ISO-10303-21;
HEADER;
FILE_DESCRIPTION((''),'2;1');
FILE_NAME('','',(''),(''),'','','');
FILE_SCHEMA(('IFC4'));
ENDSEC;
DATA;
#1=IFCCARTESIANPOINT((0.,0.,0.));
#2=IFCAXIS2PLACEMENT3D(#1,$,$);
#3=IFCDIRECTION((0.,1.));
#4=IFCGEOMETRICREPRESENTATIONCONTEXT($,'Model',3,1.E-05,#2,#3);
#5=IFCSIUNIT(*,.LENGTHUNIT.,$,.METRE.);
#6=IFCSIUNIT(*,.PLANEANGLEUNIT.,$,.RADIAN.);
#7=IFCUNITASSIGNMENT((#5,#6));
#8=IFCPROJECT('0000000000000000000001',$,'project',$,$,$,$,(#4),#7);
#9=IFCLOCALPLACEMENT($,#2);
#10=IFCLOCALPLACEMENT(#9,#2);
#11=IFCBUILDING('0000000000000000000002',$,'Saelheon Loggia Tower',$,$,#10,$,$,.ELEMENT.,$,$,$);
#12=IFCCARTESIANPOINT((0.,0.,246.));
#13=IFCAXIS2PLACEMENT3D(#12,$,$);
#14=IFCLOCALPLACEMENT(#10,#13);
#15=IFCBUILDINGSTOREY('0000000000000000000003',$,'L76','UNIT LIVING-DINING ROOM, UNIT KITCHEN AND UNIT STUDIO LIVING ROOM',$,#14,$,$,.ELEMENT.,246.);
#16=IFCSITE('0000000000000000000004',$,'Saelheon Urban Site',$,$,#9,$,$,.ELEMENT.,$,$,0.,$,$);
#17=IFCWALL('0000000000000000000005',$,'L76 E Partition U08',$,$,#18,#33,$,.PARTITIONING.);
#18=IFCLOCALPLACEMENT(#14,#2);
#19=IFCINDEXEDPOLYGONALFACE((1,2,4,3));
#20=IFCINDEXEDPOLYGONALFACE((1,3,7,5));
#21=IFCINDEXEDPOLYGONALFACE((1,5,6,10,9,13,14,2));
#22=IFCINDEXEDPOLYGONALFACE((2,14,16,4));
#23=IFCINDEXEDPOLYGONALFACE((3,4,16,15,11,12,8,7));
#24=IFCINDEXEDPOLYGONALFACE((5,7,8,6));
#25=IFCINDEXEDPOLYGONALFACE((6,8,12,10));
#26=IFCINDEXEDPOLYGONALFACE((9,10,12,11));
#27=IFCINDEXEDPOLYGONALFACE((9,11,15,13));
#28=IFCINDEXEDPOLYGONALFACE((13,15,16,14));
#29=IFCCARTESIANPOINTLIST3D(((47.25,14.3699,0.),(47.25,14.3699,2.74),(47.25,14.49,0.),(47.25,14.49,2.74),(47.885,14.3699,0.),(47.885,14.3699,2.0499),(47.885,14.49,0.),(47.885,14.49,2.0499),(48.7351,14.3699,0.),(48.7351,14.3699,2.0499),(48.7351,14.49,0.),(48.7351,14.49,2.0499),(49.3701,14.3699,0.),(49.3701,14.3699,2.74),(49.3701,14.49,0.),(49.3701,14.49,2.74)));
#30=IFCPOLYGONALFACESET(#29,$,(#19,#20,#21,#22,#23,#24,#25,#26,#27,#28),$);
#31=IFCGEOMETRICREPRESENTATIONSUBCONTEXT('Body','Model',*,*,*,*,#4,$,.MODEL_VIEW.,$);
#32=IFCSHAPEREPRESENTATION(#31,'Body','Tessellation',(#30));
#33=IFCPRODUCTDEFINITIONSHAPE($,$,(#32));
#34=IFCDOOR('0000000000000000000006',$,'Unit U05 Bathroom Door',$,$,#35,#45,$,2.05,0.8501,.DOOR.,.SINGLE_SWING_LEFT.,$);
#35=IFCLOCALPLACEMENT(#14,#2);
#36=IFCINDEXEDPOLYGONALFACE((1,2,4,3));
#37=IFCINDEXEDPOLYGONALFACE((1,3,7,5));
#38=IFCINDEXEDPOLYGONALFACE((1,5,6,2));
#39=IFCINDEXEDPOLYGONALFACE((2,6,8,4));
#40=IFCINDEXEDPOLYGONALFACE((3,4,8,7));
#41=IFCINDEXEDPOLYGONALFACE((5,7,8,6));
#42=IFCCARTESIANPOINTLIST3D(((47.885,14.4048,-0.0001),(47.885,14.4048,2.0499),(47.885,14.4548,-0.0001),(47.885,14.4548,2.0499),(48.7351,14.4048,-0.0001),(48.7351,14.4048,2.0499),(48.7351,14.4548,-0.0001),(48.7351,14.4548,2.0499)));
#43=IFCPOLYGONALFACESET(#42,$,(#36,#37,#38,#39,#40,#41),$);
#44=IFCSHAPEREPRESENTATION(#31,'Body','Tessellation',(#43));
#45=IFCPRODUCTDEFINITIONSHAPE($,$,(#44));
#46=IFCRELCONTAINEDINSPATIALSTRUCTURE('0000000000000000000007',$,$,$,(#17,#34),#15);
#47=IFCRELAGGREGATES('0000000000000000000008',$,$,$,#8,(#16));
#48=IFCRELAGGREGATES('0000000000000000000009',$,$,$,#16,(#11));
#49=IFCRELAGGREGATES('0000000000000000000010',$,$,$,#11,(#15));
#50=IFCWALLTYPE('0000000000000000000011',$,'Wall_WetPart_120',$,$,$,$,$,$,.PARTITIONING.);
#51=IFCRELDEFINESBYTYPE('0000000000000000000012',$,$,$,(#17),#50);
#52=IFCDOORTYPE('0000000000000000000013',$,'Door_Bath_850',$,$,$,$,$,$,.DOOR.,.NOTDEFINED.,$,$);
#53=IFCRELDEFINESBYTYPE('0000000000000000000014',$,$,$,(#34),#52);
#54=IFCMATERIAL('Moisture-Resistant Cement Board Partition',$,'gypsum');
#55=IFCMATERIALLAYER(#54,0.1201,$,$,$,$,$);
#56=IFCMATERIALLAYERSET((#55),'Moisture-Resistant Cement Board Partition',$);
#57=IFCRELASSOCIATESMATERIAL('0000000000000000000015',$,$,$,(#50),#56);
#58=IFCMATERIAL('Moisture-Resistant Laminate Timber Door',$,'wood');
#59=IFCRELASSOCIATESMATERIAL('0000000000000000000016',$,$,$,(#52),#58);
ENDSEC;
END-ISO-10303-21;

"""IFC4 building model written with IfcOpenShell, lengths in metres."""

from ifc_helpers import new_model, si_unit, direction, frame, frame_2d, origin, place, context, subcontext, project, spatial, rectangle, extrude, source, transform, mapped, material, layer, layer_set, type_object, element, fill, save


model = new_model("IFC4")

# Units and contexts
model_context = context("Model", 3, precision=1e-05, world=origin(), true_north=direction((0.0, 1.0)))
body_context = subcontext(model_context, "Body", "Model", "MODEL_VIEW")
ifc_project = project(units=[si_unit("LENGTHUNIT", "METRE"), si_unit("PLANEANGLEUNIT", "RADIAN")], contexts=[model_context])

# Site, building, storey
site_placement = place(None, origin())
site = spatial("IfcSite", under=ifc_project, at=site_placement, Name="Saelheon Urban Site", CompositionType="ELEMENT", RefElevation=0.0)
building_placement = place(site_placement, origin())
building = spatial("IfcBuilding", under=site, at=building_placement, Name="Saelheon Loggia Tower", CompositionType="ELEMENT")
storey_placement = place(building_placement, frame((0.0, 0.0, 246.0)))
storey = spatial("IfcBuildingStorey", under=building, at=storey_placement, Name="L76", Description="UNIT LIVING-DINING ROOM, UNIT KITCHEN AND UNIT STUDIO LIVING ROOM", CompositionType="ELEMENT", Elevation=246.0)

# Shared definitions
ifc_material_1 = material(Name="Moisture-Resistant Cement Board Partition", Category="gypsum")
ifc_layer_1 = layer(ifc_material_1, 0.1201)
ifc_layer_set_1 = layer_set([ifc_layer_1], Name="Moisture-Resistant Cement Board Partition")
wall_type_1 = type_object("IfcWallType", Name="Wall_WetPart_120", PredefinedType="PARTITIONING", material=ifc_layer_set_1)

# Wall, opening, door
wall_1_placement = place(storey_placement, frame((47.25, 14.4299, 0.0), z_axis=(0.0, 0.0, 1.0), x_axis=(1.0, 0.0, 0.0)))
wall_1 = element("IfcWall", 1, at=wall_1_placement, inside=storey, type_object=wall_type_1, Name="L76 E Partition U08", PredefinedType="PARTITIONING", context=body_context, shape_type="SweptSolid", body=[
    extrude(rectangle(XDim=2.1201, YDim=0.1201, at=frame_2d((1.0601, 0.0))), origin(), (0.0, 0.0, 1.0), 2.74),
])
opening_1_placement = place(wall_1_placement, frame((0.635, 0.0, 0.0)))
opening_1 = element("IfcOpeningElement", 2, at=opening_1_placement, cuts=wall_1, PredefinedType="OPENING", context=body_context, shape_type="SweptSolid", body=[
    extrude(rectangle(XDim=0.8501, YDim=2.05, at=frame_2d((0.425, 1.0249))), frame((0.0, 0.072, 0.0), z_axis=(0.0, -1.0, 0.0), x_axis=(1.0, 0.0, 0.0)), (0.0, 0.0, 1.0), 0.144),
])
ifc_material_2 = material(Name="Moisture-Resistant Laminate Timber Door", Category="wood")
door_type_1 = type_object("IfcDoorType", Name="Door_Bath_850", OperationType="NOTDEFINED", PredefinedType="DOOR", material=ifc_material_2)
shared_shape_1 = source(origin(), body_context, "Body", "SweptSolid", [
    extrude(rectangle(XDim=0.8501, YDim=2.05, at=frame_2d((0.425, 1.0249))), frame((0.0, 0.0249, 0.0), z_axis=(0.0, -1.0, 0.0), x_axis=(1.0, 0.0, 0.0)), (0.0, 0.0, 1.0), 0.05),
])
door_1_placement = place(opening_1_placement, origin())
door_1 = element("IfcDoor", 3, at=door_1_placement, inside=storey, type_object=door_type_1, Name="Unit U05 Bathroom Door", OperationType="SINGLE_SWING_LEFT", OverallHeight=2.05, OverallWidth=0.8501, PredefinedType="DOOR", context=body_context, shape_type="MappedRepresentation", body=[
    mapped(shared_shape_1, transform((0.0, 0.0, 0.0), scale=1.0)),
])
fill(opening_1, door_1)

save(model, "model.ifc")
